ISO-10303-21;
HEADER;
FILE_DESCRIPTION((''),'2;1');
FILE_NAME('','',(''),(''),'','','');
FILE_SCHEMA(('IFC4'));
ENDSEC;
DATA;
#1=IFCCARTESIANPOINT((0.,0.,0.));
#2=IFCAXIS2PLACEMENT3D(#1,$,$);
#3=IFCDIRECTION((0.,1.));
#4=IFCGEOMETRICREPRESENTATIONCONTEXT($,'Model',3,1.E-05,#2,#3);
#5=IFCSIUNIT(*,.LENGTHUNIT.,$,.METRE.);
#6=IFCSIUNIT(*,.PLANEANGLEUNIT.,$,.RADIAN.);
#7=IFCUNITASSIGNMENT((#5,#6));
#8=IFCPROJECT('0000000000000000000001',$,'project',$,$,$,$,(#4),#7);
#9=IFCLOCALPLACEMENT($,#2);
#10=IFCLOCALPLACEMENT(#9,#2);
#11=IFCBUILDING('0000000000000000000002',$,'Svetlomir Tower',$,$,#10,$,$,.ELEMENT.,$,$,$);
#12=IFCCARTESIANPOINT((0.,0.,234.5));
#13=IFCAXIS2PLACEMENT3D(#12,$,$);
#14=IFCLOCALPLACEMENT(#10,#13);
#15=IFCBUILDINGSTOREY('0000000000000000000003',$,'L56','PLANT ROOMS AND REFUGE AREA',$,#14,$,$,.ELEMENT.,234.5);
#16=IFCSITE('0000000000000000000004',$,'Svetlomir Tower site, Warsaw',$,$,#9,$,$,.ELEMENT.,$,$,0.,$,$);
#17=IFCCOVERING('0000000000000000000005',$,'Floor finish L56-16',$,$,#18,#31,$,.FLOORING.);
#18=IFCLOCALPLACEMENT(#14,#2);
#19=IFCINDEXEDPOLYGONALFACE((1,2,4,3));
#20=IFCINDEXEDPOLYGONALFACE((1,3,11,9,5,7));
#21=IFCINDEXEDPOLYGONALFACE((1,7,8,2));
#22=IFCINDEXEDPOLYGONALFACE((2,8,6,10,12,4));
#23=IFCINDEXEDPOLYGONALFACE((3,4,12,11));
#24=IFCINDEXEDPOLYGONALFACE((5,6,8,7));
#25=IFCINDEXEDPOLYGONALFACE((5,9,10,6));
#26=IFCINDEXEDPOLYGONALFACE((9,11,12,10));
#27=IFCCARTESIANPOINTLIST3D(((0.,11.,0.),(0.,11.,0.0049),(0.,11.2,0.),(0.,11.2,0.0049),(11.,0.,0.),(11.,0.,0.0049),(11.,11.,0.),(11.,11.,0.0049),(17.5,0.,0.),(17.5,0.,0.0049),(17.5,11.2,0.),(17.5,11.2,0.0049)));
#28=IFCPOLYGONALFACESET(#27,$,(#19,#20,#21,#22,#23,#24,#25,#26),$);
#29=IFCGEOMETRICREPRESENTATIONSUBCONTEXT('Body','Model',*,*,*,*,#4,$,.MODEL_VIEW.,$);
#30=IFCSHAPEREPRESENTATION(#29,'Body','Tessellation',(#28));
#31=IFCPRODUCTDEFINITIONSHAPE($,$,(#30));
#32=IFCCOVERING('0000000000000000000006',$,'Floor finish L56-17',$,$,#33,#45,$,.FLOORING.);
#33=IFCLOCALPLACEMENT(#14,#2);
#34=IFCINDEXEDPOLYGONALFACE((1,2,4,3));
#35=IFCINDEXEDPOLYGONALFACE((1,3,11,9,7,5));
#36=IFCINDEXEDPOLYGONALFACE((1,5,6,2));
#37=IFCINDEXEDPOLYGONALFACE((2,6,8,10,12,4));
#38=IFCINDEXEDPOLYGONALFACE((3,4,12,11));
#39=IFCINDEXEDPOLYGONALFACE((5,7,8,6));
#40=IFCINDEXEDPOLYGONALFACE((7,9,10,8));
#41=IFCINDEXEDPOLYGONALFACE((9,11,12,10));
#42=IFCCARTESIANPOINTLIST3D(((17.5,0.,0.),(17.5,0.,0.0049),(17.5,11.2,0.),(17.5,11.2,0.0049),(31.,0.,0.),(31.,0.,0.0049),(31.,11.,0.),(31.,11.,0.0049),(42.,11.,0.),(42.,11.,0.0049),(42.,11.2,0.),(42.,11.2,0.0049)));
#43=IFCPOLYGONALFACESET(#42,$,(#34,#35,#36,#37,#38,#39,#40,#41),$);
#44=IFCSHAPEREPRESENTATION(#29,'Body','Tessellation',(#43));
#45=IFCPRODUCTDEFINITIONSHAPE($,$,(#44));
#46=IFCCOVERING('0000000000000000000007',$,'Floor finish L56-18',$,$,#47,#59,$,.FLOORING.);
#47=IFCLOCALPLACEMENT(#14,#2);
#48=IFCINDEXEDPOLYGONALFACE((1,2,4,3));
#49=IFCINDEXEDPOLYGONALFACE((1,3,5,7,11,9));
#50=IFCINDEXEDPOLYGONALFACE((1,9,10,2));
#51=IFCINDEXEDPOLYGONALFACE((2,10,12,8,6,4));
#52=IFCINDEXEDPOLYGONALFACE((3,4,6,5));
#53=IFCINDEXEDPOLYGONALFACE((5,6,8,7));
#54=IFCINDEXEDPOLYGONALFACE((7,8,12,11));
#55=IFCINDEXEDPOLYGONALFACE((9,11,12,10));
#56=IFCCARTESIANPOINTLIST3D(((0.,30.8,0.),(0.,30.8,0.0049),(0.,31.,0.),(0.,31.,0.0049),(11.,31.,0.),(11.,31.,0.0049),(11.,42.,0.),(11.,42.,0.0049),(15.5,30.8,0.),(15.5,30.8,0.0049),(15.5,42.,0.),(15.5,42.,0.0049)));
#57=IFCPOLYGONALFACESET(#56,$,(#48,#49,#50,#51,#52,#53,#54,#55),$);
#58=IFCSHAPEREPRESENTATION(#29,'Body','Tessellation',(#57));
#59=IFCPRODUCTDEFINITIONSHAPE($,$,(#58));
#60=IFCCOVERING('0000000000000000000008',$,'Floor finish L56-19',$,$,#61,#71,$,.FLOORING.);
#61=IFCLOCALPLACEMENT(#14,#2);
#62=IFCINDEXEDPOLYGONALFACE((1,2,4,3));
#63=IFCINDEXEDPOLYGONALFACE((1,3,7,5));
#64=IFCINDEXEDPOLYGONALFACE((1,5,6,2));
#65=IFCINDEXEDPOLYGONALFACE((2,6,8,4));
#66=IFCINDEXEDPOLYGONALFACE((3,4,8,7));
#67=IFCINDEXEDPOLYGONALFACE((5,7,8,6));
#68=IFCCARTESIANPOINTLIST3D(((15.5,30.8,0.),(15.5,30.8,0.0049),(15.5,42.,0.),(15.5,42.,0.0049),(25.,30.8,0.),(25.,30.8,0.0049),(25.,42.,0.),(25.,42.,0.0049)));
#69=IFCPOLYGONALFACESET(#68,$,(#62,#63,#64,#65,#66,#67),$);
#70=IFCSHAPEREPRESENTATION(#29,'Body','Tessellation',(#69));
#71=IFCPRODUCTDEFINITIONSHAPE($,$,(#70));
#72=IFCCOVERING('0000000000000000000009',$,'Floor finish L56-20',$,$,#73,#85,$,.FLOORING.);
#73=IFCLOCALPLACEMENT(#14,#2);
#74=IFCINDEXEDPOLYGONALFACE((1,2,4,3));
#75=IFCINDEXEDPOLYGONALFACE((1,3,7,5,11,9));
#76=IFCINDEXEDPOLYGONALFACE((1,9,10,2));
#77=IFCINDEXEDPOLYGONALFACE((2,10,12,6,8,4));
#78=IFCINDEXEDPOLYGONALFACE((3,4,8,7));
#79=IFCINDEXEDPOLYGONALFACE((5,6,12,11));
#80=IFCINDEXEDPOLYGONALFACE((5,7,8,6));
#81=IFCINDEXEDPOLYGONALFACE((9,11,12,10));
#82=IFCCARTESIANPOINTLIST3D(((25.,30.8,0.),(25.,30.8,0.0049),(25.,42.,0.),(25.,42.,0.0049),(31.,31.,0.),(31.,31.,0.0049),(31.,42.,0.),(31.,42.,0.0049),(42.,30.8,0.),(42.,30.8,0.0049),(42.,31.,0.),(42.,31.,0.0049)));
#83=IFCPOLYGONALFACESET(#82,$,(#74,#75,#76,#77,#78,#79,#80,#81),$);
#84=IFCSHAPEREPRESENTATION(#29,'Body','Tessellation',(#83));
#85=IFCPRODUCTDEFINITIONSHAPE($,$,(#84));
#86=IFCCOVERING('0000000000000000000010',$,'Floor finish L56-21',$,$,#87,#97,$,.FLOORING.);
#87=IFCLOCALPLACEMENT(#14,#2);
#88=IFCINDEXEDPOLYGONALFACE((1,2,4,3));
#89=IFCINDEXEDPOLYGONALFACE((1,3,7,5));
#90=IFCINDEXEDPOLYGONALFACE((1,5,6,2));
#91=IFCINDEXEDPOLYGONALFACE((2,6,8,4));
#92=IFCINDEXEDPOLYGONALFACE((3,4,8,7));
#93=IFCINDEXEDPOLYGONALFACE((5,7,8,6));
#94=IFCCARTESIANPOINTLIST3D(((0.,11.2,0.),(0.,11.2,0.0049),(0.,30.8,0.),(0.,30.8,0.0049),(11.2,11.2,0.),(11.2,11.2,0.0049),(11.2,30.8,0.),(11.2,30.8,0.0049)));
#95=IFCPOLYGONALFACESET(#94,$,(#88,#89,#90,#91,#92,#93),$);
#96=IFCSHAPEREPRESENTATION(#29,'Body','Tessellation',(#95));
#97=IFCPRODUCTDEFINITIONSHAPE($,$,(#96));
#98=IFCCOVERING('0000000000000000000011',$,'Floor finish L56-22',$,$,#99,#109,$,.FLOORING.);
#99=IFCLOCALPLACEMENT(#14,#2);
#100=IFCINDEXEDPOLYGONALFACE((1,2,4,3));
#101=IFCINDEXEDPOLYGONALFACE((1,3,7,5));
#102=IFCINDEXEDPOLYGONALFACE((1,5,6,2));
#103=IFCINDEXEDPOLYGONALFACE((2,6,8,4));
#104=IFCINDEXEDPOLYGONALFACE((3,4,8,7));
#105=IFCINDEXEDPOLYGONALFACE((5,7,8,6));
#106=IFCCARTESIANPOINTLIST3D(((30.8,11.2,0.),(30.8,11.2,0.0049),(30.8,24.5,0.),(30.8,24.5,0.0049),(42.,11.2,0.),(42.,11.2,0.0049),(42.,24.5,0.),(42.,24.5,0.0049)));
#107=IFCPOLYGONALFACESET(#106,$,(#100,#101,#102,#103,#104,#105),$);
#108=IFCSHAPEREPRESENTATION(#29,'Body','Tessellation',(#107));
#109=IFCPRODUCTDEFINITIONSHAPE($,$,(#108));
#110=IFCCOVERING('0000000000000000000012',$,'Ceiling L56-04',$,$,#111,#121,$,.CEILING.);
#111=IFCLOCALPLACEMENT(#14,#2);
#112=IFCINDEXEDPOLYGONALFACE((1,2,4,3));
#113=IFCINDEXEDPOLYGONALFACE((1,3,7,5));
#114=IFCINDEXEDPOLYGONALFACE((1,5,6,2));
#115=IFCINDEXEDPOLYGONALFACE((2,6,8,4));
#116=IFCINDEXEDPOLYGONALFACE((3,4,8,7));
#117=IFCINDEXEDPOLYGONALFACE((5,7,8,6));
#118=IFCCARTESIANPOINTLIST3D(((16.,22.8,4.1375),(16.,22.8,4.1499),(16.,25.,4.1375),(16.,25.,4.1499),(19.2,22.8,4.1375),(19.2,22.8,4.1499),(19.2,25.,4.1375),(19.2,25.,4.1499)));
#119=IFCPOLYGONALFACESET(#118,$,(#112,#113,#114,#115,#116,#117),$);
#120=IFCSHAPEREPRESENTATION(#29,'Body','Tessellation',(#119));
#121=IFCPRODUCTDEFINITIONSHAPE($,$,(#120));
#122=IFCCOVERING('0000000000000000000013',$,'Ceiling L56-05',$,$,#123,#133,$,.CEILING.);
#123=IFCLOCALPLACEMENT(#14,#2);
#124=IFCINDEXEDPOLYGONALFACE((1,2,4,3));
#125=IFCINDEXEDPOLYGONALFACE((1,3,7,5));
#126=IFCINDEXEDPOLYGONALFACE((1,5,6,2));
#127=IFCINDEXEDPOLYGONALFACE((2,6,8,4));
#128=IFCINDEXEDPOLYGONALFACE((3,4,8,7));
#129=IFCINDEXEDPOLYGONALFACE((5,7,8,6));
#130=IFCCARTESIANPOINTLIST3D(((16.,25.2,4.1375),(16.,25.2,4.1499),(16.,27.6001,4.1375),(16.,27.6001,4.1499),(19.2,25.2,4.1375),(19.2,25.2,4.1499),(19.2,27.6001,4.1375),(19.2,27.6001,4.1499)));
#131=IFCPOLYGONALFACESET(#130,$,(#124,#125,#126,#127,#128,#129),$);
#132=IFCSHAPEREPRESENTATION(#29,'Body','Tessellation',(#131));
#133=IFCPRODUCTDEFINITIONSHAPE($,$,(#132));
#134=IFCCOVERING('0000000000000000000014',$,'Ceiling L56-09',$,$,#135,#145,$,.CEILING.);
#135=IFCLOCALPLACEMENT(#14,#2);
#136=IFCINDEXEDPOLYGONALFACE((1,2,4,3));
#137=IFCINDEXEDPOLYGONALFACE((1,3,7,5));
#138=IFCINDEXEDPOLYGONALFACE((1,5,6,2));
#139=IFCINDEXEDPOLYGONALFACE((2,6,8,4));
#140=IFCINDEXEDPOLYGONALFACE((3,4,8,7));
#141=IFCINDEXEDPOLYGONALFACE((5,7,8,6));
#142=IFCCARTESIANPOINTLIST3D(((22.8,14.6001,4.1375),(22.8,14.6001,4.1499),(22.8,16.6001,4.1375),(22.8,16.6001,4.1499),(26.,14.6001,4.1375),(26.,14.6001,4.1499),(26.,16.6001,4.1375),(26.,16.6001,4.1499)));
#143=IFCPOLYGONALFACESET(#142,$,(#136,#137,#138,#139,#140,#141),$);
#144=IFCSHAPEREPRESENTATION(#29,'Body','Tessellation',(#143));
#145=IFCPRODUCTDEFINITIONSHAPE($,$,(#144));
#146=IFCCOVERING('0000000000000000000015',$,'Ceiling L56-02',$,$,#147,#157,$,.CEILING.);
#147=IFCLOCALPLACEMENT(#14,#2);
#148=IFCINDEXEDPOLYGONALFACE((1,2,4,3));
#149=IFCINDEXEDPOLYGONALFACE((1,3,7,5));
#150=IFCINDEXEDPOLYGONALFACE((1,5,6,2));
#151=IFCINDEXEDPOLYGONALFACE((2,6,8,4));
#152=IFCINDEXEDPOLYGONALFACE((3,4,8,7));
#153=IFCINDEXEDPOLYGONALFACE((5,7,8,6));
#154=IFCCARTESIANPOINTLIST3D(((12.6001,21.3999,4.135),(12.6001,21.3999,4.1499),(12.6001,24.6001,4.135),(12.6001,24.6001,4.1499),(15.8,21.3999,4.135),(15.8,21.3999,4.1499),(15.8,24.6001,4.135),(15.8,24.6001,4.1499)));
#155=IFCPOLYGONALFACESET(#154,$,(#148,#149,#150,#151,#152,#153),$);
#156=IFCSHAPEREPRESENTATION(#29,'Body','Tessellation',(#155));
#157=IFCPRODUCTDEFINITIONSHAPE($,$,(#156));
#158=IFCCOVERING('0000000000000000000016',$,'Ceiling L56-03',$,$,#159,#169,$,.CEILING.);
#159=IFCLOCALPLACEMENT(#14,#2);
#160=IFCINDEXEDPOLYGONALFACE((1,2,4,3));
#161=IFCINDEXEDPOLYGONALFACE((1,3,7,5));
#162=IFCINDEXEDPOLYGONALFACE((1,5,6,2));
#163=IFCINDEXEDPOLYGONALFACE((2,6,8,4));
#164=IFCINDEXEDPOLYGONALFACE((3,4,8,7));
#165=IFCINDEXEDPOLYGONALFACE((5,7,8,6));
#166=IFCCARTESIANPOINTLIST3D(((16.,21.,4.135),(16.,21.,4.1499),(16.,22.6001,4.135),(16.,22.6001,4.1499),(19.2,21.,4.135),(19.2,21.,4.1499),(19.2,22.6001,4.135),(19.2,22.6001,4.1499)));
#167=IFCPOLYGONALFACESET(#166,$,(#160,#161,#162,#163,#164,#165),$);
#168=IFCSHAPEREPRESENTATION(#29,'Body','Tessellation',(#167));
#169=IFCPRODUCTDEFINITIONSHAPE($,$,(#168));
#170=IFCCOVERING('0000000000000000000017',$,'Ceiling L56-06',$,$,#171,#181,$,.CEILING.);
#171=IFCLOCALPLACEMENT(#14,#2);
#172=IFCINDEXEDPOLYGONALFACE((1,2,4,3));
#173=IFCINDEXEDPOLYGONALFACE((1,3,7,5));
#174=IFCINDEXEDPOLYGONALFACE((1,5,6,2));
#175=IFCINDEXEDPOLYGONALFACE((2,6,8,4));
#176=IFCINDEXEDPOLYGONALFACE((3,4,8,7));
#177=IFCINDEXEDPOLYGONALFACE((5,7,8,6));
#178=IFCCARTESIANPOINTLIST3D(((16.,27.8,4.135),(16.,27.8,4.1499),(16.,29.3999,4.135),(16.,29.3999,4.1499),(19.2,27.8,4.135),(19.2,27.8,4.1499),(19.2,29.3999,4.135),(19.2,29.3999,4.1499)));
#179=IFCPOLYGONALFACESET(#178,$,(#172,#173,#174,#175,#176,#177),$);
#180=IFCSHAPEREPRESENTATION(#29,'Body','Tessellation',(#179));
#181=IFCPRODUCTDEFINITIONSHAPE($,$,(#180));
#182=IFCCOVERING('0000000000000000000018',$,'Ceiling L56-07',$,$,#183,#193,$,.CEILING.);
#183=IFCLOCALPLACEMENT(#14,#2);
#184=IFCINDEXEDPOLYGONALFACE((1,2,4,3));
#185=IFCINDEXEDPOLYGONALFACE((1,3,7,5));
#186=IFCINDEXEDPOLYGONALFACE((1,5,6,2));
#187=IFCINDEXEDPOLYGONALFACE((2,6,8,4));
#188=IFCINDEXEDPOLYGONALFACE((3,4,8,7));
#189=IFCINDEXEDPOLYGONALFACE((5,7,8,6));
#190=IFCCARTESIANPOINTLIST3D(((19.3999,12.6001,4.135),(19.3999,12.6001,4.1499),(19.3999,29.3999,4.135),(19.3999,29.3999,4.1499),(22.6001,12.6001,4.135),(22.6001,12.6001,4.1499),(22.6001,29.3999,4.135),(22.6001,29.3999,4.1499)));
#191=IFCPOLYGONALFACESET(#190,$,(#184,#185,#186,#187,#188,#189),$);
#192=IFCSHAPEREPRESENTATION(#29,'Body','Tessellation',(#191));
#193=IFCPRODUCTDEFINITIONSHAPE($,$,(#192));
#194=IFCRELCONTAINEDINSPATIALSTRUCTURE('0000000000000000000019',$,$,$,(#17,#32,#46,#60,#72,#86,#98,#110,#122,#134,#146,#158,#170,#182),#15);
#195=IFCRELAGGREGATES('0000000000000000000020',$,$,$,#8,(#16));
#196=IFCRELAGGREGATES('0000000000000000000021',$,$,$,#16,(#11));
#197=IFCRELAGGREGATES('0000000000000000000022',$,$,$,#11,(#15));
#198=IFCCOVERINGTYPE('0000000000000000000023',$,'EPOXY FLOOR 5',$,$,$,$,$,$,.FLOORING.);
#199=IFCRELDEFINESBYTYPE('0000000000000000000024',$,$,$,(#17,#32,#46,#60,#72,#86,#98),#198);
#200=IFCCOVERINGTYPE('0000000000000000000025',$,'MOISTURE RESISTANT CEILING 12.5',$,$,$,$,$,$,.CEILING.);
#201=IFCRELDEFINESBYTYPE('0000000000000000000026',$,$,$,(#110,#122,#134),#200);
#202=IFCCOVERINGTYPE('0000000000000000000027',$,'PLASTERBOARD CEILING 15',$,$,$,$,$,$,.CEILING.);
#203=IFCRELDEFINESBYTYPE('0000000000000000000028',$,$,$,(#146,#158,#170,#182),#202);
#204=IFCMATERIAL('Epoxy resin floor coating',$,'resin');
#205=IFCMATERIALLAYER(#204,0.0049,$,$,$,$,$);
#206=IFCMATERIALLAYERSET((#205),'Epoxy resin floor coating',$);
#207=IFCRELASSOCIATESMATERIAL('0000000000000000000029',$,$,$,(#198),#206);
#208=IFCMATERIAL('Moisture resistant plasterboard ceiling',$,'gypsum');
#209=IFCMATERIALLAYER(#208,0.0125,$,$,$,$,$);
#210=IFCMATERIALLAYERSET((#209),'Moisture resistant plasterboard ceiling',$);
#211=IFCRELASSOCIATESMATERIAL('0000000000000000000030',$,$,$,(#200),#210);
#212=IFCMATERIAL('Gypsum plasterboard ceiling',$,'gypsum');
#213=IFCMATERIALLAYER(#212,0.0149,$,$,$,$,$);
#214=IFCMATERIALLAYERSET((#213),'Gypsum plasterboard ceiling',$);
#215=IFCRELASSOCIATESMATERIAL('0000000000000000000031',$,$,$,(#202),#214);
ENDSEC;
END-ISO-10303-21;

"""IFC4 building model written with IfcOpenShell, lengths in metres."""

from ifc_helpers import new_model, si_unit, direction, frame, origin, place, context, subcontext, project, spatial, polyline, outline, extrude, material, layer, layer_set, type_object, element, save


model = new_model("IFC4")

# Units and contexts
model_context = context("Model", 3, precision=1e-05, world=origin(), true_north=direction((0.0, 1.0)))
body_context = subcontext(model_context, "Body", "Model", "MODEL_VIEW")
ifc_project = project(units=[si_unit("LENGTHUNIT", "METRE"), si_unit("PLANEANGLEUNIT", "RADIAN")], contexts=[model_context])

# Site, building, storey
site_placement = place(None, origin())
site = spatial("IfcSite", under=ifc_project, at=site_placement, Name="Svetlomir Tower site, Warsaw", CompositionType="ELEMENT", RefElevation=0.0)
building_placement = place(site_placement, origin())
building = spatial("IfcBuilding", under=site, at=building_placement, Name="Svetlomir Tower", CompositionType="ELEMENT")
storey_placement = place(building_placement, frame((0.0, 0.0, 234.5)))
storey = spatial("IfcBuildingStorey", under=building, at=storey_placement, Name="L56", Description="PLANT ROOMS AND REFUGE AREA", CompositionType="ELEMENT", Elevation=234.5)

# Coverings
ifc_material_1 = material(Name="Epoxy resin floor coating", Category="resin")
ifc_layer_1 = layer(ifc_material_1, 0.0049)
ifc_layer_set_1 = layer_set([ifc_layer_1], Name="Epoxy resin floor coating")
covering_type_1 = type_object("IfcCoveringType", Name="EPOXY FLOOR 5", PredefinedType="FLOORING", material=ifc_layer_set_1)
covering_1_placement = place(storey_placement, origin())
element("IfcCovering", 1, at=covering_1_placement, inside=storey, type_object=covering_type_1, Name="Floor finish L56-16", PredefinedType="FLOORING", context=body_context, shape_type="SweptSolid", body=[
    extrude(outline(polyline([(11.0, 0.0), (11.0, 11.0), (0.0, 11.0), (0.0, 11.2), (17.5, 11.2), (17.5, 0.0), (11.0, 0.0)])), origin(), (0.0, 0.0, 1.0), 0.0049),
])
covering_2_placement = place(storey_placement, origin())
element("IfcCovering", 2, at=covering_2_placement, inside=storey, type_object=covering_type_1, Name="Floor finish L56-17", PredefinedType="FLOORING", context=body_context, shape_type="SweptSolid", body=[
    extrude(outline(polyline([(31.0, 0.0), (17.5, 0.0), (17.5, 11.2), (42.0, 11.2), (42.0, 11.0), (31.0, 11.0), (31.0, 0.0)])), origin(), (0.0, 0.0, 1.0), 0.0049),
])
covering_3_placement = place(storey_placement, origin())
element("IfcCovering", 3, at=covering_3_placement, inside=storey, type_object=covering_type_1, Name="Floor finish L56-18", PredefinedType="FLOORING", context=body_context, shape_type="SweptSolid", body=[
    extrude(outline(polyline([(11.0, 42.0), (15.5, 42.0), (15.5, 30.8), (0.0, 30.8), (0.0, 31.0), (11.0, 31.0), (11.0, 42.0)])), origin(), (0.0, 0.0, 1.0), 0.0049),
])
covering_4_placement = place(storey_placement, origin())
element("IfcCovering", 4, at=covering_4_placement, inside=storey, type_object=covering_type_1, Name="Floor finish L56-19", PredefinedType="FLOORING", context=body_context, shape_type="SweptSolid", body=[
    extrude(outline(polyline([(25.0, 42.0), (25.0, 30.8), (15.5, 30.8), (15.5, 42.0), (25.0, 42.0)])), origin(), (0.0, 0.0, 1.0), 0.0049),
])
covering_5_placement = place(storey_placement, origin())
element("IfcCovering", 5, at=covering_5_placement, inside=storey, type_object=covering_type_1, Name="Floor finish L56-20", PredefinedType="FLOORING", context=body_context, shape_type="SweptSolid", body=[
    extrude(outline(polyline([(31.0, 42.0), (31.0, 31.0), (42.0, 31.0), (42.0, 30.8), (25.0, 30.8), (25.0, 42.0), (31.0, 42.0)])), origin(), (0.0, 0.0, 1.0), 0.0049),
])
covering_6_placement = place(storey_placement, origin())
element("IfcCovering", 6, at=covering_6_placement, inside=storey, type_object=covering_type_1, Name="Floor finish L56-21", PredefinedType="FLOORING", context=body_context, shape_type="SweptSolid", body=[
    extrude(outline(polyline([(11.2, 30.8), (11.2, 11.2), (0.0, 11.2), (0.0, 30.8), (11.2, 30.8)])), origin(), (0.0, 0.0, 1.0), 0.0049),
])
covering_7_placement = place(storey_placement, origin())
element("IfcCovering", 7, at=covering_7_placement, inside=storey, type_object=covering_type_1, Name="Floor finish L56-22", PredefinedType="FLOORING", context=body_context, shape_type="SweptSolid", body=[
    extrude(outline(polyline([(30.8, 24.5), (42.0, 24.5), (42.0, 11.2), (30.8, 11.2), (30.8, 24.5)])), origin(), (0.0, 0.0, 1.0), 0.0049),
])
ifc_material_2 = material(Name="Moisture resistant plasterboard ceiling", Category="gypsum")
ifc_layer_2 = layer(ifc_material_2, 0.0125)
ifc_layer_set_2 = layer_set([ifc_layer_2], Name="Moisture resistant plasterboard ceiling")
covering_type_2 = type_object("IfcCoveringType", Name="MOISTURE RESISTANT CEILING 12.5", PredefinedType="CEILING", material=ifc_layer_set_2)
covering_8_placement = place(storey_placement, frame((0.0, 0.0, 4.1375)))
element("IfcCovering", 8, at=covering_8_placement, inside=storey, type_object=covering_type_2, Name="Ceiling L56-04", PredefinedType="CEILING", context=body_context, shape_type="SweptSolid", body=[
    extrude(outline(polyline([(16.0, 22.8), (19.2, 22.8), (19.2, 25.0), (16.0, 25.0), (16.0, 22.8)])), origin(), (0.0, 0.0, 1.0), 0.0125),
])
covering_9_placement = place(storey_placement, frame((0.0, 0.0, 4.1375)))
element("IfcCovering", 9, at=covering_9_placement, inside=storey, type_object=covering_type_2, Name="Ceiling L56-05", PredefinedType="CEILING", context=body_context, shape_type="SweptSolid", body=[
    extrude(outline(polyline([(16.0, 25.2), (19.2, 25.2), (19.2, 27.6001), (16.0, 27.6001), (16.0, 25.2)])), origin(), (0.0, 0.0, 1.0), 0.0125),
])
covering_10_placement = place(storey_placement, frame((0.0, 0.0, 4.1375)))
element("IfcCovering", 10, at=covering_10_placement, inside=storey, type_object=covering_type_2, Name="Ceiling L56-09", PredefinedType="CEILING", context=body_context, shape_type="SweptSolid", body=[
    extrude(outline(polyline([(22.8, 14.6001), (26.0, 14.6001), (26.0, 16.6001), (22.8, 16.6001), (22.8, 14.6001)])), origin(), (0.0, 0.0, 1.0), 0.0125),
])
ifc_material_3 = material(Name="Gypsum plasterboard ceiling", Category="gypsum")
ifc_layer_3 = layer(ifc_material_3, 0.0149)
ifc_layer_set_3 = layer_set([ifc_layer_3], Name="Gypsum plasterboard ceiling")
covering_type_3 = type_object("IfcCoveringType", Name="PLASTERBOARD CEILING 15", PredefinedType="CEILING", material=ifc_layer_set_3)
covering_11_placement = place(storey_placement, frame((0.0, 0.0, 4.135)))
element("IfcCovering", 11, at=covering_11_placement, inside=storey, type_object=covering_type_3, Name="Ceiling L56-02", PredefinedType="CEILING", context=body_context, shape_type="SweptSolid", body=[
    extrude(outline(polyline([(12.6001, 21.3999), (15.8, 21.3999), (15.8, 24.6001), (12.6001, 24.6001), (12.6001, 21.3999)])), origin(), (0.0, 0.0, 1.0), 0.0149),
])
covering_12_placement = place(storey_placement, frame((0.0, 0.0, 4.135)))
element("IfcCovering", 12, at=covering_12_placement, inside=storey, type_object=covering_type_3, Name="Ceiling L56-03", PredefinedType="CEILING", context=body_context, shape_type="SweptSolid", body=[
    extrude(outline(polyline([(16.0, 21.0), (19.2, 21.0), (19.2, 22.6001), (16.0, 22.6001), (16.0, 21.0)])), origin(), (0.0, 0.0, 1.0), 0.0149),
])
covering_13_placement = place(storey_placement, frame((0.0, 0.0, 4.135)))
element("IfcCovering", 13, at=covering_13_placement, inside=storey, type_object=covering_type_3, Name="Ceiling L56-06", PredefinedType="CEILING", context=body_context, shape_type="SweptSolid", body=[
    extrude(outline(polyline([(16.0, 27.8), (19.2, 27.8), (19.2, 29.3999), (16.0, 29.3999), (16.0, 27.8)])), origin(), (0.0, 0.0, 1.0), 0.0149),
])
covering_14_placement = place(storey_placement, frame((0.0, 0.0, 4.135)))
element("IfcCovering", 14, at=covering_14_placement, inside=storey, type_object=covering_type_3, Name="Ceiling L56-07", PredefinedType="CEILING", context=body_context, shape_type="SweptSolid", body=[
    extrude(outline(polyline([(19.3999, 12.6001), (22.6001, 12.6001), (22.6001, 29.3999), (19.3999, 29.3999), (19.3999, 12.6001)])), origin(), (0.0, 0.0, 1.0), 0.0149),
])

save(model, "model.ifc")
